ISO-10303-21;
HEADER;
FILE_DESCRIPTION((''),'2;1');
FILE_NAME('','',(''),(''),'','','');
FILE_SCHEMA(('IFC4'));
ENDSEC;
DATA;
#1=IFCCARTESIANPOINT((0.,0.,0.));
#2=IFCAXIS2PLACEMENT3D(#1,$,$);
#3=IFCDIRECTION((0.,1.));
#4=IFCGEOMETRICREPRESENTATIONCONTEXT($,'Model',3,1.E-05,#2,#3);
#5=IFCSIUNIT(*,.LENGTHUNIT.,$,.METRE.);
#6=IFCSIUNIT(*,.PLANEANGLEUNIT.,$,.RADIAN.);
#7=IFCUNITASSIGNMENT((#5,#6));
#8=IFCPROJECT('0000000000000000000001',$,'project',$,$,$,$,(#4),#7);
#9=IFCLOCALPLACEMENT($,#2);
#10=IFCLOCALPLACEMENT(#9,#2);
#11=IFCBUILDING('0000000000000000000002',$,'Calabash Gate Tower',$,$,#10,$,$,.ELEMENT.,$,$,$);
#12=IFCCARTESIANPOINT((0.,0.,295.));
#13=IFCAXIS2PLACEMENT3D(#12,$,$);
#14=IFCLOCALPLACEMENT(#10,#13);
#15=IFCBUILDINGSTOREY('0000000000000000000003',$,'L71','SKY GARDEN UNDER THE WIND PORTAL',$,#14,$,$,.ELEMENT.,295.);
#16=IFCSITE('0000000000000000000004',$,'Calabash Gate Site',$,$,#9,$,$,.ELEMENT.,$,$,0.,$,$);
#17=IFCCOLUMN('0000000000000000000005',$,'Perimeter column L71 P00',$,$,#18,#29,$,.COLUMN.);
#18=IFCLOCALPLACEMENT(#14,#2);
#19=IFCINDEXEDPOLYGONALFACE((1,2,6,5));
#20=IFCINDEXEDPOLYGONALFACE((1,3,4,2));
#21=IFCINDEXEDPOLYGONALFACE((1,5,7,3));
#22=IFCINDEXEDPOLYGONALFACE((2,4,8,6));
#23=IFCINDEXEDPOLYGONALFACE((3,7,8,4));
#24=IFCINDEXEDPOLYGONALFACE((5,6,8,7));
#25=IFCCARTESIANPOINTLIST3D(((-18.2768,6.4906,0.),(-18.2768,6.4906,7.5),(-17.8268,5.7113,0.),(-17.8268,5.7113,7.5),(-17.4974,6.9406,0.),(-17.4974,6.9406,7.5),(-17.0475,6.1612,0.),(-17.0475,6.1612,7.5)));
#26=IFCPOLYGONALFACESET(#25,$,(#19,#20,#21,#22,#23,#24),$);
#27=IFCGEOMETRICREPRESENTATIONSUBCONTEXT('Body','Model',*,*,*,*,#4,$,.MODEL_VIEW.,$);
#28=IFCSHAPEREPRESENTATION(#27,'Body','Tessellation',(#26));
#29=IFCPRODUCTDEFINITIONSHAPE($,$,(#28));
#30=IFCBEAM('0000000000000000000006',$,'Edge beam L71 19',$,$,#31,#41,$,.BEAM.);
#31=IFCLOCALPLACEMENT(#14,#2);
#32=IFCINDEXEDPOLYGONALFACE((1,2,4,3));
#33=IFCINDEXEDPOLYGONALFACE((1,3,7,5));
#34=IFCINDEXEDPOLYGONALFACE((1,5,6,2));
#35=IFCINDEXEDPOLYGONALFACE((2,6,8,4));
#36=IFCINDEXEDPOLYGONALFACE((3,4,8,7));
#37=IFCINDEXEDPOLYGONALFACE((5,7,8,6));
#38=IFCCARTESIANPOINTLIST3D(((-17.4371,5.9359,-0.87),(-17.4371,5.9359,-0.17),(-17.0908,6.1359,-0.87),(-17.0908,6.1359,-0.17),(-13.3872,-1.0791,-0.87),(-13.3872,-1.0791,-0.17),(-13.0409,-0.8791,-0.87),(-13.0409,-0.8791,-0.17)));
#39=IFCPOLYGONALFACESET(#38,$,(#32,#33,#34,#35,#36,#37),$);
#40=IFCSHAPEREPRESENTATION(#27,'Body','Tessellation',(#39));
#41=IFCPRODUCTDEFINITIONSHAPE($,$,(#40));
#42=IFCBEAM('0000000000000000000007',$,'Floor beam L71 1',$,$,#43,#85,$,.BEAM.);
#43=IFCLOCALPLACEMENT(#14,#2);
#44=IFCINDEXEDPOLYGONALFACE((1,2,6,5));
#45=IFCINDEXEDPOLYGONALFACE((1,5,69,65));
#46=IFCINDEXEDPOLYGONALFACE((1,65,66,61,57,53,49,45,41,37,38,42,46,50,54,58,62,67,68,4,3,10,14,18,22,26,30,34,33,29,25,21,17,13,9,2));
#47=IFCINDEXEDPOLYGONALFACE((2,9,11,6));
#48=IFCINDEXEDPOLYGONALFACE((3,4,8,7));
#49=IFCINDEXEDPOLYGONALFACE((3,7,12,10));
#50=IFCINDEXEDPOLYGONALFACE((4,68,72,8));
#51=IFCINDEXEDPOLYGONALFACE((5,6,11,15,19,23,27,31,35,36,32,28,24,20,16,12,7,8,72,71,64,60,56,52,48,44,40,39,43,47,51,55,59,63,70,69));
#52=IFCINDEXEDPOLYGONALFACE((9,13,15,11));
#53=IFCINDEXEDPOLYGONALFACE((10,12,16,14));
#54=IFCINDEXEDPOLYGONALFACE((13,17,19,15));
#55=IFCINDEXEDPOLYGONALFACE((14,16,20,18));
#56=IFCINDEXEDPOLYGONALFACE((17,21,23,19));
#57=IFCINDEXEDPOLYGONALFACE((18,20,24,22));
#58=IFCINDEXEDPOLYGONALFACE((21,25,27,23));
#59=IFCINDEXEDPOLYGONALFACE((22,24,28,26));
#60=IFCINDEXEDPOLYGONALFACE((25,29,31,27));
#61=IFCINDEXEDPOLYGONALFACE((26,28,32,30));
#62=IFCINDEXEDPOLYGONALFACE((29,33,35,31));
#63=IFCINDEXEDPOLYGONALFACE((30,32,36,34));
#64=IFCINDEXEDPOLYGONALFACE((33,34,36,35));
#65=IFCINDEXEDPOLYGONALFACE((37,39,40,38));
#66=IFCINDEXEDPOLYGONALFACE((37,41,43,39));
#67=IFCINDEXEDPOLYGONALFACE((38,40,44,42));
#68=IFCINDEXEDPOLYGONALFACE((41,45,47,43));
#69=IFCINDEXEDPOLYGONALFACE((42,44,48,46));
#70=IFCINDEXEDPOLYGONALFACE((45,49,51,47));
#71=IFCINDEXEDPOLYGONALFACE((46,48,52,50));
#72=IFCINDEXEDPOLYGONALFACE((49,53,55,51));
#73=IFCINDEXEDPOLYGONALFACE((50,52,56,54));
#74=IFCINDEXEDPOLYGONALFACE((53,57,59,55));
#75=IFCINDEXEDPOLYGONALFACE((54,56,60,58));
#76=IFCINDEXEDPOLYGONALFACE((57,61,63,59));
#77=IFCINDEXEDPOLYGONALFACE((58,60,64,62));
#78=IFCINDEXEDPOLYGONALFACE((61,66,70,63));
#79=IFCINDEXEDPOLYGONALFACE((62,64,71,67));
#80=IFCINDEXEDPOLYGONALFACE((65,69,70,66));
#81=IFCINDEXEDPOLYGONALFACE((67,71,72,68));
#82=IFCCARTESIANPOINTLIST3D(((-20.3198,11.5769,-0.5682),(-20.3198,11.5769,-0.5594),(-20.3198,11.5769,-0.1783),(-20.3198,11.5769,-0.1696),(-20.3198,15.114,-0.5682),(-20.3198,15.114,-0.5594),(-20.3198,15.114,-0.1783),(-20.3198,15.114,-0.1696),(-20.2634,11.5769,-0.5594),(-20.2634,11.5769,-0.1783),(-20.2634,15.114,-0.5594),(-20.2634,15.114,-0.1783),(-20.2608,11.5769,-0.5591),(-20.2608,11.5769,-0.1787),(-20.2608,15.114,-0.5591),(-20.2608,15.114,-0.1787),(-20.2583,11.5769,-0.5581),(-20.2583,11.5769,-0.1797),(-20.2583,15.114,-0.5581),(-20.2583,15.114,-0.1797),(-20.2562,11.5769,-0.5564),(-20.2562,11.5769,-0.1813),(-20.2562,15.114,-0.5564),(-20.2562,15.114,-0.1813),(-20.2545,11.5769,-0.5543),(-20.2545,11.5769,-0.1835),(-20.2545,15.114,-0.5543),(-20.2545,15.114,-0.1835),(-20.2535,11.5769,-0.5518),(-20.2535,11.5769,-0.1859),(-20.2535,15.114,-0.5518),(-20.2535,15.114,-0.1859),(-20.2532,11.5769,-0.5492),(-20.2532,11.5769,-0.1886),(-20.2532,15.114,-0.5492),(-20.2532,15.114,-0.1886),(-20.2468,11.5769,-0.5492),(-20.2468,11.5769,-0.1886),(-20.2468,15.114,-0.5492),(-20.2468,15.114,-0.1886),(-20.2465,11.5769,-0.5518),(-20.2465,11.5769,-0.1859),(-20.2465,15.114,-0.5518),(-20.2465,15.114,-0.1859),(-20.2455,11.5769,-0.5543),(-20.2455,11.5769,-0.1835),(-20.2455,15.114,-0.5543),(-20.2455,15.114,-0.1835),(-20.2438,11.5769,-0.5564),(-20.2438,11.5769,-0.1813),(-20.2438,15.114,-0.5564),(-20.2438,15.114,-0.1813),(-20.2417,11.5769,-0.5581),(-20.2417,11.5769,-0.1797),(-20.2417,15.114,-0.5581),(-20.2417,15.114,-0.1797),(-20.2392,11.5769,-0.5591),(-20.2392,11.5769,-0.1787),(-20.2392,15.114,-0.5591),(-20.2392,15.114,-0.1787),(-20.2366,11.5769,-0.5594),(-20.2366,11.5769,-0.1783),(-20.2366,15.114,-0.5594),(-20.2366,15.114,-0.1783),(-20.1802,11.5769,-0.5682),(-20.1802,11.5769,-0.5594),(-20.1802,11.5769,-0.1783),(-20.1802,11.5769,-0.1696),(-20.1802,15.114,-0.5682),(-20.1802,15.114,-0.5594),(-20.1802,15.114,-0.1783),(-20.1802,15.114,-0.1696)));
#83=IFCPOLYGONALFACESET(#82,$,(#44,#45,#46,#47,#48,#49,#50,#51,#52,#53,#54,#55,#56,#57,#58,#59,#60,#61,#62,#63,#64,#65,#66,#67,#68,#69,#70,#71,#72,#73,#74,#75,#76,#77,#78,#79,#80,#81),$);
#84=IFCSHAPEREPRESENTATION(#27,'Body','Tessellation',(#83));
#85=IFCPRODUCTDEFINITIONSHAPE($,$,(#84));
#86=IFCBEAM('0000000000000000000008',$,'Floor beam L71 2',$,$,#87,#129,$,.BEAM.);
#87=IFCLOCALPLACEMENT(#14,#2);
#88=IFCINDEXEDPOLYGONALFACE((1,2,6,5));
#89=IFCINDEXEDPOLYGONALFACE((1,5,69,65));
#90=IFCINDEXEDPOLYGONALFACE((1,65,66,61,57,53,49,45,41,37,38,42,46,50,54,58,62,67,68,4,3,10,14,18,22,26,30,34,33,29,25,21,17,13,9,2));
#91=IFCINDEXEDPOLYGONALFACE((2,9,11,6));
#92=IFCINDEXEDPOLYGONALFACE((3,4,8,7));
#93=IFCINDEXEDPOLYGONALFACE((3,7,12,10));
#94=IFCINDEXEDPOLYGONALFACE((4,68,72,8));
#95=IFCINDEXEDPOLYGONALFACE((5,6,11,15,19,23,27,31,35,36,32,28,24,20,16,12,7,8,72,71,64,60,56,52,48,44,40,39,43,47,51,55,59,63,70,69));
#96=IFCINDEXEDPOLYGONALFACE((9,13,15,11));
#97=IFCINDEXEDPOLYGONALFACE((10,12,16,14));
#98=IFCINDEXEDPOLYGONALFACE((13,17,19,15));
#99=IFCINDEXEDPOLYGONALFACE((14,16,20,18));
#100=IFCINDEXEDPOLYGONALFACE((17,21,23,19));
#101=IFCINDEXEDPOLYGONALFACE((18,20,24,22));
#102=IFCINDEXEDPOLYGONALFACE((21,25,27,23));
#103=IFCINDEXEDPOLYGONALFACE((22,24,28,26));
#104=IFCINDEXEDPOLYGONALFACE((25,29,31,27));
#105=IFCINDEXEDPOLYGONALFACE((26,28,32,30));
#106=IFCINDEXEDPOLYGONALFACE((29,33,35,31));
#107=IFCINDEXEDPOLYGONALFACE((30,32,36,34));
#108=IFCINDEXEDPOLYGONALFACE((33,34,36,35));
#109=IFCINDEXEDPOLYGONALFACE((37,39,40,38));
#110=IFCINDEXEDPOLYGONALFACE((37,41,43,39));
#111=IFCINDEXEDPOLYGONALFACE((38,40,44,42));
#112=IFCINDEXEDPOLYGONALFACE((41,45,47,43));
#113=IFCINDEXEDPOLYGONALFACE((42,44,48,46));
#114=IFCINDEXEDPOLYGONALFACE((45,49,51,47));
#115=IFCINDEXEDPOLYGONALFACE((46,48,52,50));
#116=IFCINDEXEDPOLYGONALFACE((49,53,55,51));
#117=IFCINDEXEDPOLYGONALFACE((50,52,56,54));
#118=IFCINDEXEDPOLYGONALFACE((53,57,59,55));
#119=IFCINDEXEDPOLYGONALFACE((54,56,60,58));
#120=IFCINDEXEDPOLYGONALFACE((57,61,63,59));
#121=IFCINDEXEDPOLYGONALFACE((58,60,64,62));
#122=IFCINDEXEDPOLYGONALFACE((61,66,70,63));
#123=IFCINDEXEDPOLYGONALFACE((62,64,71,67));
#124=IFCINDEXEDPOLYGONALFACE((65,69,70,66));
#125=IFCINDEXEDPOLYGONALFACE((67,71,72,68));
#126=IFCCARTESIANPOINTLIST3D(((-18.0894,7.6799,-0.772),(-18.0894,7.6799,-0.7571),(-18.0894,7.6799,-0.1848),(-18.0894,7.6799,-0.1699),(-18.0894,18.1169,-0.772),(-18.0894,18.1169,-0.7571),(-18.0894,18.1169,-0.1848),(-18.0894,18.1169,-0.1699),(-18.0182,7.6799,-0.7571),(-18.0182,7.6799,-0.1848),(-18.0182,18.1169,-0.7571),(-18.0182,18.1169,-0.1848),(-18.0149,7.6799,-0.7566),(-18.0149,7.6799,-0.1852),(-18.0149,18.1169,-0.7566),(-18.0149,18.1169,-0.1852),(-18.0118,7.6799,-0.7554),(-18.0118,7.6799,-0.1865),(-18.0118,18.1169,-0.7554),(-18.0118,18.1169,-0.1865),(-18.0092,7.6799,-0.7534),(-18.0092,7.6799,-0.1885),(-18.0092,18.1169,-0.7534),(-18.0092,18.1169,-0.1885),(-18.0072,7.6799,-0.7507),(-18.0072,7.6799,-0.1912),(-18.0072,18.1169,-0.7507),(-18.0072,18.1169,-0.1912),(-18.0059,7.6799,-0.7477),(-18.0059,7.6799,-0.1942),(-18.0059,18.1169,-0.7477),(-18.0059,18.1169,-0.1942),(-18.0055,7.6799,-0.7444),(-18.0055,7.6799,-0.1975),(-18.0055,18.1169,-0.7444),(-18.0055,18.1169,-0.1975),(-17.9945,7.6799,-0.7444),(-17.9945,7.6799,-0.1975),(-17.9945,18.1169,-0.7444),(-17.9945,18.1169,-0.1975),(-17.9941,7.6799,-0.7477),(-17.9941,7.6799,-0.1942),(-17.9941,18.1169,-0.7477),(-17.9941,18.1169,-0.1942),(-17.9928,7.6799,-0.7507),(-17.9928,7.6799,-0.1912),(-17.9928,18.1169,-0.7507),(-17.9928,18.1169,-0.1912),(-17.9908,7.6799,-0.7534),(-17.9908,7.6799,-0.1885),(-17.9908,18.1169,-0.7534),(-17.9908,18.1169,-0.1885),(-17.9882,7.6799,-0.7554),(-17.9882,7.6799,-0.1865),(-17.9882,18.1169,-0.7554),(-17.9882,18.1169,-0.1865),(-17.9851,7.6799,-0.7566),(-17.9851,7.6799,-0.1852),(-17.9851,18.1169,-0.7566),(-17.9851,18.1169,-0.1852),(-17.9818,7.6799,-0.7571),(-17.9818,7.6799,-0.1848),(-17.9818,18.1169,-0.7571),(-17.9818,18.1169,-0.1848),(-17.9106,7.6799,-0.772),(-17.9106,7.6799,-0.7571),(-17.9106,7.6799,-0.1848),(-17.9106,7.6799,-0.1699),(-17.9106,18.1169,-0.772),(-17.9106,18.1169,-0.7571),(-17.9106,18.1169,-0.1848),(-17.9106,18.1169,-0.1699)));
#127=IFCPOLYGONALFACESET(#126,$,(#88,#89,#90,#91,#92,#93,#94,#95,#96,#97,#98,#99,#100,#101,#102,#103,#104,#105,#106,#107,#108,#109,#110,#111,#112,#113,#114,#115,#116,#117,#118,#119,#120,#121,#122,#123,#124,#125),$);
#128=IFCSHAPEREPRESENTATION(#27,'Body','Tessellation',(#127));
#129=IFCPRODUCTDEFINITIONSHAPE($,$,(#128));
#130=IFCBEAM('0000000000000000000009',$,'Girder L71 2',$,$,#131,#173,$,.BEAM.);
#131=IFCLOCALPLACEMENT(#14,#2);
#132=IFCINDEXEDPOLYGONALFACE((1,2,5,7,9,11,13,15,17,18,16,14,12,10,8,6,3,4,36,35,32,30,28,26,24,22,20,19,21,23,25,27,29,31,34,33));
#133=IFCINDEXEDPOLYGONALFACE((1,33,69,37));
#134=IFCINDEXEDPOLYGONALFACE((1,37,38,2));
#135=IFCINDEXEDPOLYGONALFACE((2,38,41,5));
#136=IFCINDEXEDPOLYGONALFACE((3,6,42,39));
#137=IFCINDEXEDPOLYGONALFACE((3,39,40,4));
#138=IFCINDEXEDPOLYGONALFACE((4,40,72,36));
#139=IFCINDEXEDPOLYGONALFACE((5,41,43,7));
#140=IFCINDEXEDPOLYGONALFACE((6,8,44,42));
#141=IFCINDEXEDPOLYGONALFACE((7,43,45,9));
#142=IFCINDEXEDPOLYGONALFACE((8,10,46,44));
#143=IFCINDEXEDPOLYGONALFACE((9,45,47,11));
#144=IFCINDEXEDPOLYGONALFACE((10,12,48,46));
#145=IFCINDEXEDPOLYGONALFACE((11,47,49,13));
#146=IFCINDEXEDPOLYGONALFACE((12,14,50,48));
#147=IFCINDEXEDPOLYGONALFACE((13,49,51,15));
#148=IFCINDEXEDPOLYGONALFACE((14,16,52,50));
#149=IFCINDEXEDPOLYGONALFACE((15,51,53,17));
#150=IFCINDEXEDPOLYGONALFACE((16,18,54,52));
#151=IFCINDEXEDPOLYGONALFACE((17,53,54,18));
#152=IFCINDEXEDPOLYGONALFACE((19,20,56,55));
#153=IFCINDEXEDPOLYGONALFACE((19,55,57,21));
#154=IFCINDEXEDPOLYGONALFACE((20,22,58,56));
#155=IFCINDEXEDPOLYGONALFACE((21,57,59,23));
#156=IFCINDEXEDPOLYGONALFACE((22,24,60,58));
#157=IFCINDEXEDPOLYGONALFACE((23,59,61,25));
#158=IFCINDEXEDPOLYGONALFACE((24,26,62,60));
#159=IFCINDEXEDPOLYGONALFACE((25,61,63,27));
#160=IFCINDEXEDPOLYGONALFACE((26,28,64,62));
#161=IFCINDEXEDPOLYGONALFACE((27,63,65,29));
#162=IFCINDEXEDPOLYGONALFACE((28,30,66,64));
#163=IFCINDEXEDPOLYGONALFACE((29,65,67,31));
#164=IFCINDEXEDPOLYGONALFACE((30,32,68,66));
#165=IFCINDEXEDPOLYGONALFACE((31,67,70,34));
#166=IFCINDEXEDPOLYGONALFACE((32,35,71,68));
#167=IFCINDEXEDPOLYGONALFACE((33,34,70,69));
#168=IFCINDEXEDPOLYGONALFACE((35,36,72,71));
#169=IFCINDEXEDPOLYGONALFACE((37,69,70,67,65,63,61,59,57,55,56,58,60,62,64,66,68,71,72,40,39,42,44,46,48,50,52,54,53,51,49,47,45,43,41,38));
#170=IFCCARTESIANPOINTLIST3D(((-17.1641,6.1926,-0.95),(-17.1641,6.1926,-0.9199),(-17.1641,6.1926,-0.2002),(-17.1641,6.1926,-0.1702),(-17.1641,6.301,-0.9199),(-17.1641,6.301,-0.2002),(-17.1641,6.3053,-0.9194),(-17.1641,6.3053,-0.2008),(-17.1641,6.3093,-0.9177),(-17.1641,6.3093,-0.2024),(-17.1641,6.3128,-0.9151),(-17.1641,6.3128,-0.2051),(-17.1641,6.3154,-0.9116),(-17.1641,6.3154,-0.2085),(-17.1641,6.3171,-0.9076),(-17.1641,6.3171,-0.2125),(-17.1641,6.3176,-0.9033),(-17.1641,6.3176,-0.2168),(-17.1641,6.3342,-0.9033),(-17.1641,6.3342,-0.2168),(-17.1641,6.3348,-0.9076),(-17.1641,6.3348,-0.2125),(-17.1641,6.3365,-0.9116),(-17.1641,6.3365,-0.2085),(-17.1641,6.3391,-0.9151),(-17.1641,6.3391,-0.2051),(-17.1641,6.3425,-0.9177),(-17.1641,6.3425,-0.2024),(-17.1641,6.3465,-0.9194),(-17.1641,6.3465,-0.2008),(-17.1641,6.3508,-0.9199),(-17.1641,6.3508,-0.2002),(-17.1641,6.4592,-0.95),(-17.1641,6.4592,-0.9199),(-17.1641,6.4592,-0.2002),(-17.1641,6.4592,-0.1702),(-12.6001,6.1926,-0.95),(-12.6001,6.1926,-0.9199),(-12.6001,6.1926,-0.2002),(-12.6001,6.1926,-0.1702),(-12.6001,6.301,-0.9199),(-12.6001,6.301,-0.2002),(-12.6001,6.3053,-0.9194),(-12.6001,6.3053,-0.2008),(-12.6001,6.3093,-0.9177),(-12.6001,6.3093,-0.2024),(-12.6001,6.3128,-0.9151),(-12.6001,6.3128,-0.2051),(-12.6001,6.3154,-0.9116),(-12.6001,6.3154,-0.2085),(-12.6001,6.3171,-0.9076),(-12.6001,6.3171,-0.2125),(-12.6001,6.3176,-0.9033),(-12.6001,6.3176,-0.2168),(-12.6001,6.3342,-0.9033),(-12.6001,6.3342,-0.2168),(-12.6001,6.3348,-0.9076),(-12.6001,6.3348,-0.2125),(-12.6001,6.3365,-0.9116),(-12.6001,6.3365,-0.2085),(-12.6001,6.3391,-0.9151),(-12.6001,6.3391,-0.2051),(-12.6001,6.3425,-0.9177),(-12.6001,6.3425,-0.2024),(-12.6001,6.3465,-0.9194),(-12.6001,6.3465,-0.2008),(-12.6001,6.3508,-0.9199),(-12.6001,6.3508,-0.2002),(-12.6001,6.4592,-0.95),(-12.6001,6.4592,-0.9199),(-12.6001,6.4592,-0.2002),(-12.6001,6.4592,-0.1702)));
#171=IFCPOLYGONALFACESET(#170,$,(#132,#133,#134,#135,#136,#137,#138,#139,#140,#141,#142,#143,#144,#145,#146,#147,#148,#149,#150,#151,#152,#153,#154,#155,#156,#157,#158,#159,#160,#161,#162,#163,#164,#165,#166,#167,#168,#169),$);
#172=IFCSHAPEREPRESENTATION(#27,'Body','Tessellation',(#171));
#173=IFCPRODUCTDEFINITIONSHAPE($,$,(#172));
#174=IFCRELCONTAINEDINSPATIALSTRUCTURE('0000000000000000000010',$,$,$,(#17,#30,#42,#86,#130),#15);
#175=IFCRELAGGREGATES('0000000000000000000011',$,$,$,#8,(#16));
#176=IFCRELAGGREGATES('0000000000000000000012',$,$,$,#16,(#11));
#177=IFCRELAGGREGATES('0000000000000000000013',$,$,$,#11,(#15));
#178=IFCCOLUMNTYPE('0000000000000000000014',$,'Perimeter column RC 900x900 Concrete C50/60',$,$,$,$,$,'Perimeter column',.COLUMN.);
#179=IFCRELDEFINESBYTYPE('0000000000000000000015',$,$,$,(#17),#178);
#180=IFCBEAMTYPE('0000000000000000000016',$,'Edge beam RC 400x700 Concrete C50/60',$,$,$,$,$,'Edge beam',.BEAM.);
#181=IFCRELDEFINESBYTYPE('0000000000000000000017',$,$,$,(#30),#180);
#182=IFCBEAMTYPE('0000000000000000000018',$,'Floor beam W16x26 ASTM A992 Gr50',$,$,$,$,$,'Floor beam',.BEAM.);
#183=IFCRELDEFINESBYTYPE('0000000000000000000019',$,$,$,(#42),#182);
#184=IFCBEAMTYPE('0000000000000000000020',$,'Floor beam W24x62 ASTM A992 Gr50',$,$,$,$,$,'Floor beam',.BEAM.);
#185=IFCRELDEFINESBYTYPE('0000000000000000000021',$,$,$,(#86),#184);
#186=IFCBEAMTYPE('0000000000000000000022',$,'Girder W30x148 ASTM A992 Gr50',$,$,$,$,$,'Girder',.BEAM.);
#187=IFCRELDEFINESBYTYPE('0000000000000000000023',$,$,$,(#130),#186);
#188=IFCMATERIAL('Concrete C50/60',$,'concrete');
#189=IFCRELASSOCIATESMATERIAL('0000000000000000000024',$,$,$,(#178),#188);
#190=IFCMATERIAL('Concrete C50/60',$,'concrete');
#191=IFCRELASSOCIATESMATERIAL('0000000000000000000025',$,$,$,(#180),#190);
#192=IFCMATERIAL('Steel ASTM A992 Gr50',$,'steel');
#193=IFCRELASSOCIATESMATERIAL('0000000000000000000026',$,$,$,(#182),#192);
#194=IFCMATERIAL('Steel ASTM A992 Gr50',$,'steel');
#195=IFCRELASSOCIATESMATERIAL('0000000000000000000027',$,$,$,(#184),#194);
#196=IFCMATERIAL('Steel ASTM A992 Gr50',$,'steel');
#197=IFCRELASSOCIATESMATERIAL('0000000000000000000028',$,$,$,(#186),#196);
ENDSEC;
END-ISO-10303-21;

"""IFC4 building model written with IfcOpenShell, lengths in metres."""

from ifc_helpers import new_model, si_unit, direction, frame, origin, origin_2d, place, context, subcontext, project, spatial, rectangle, i_section, extrude, material, material_profile, profile_set, type_object, element, save


model = new_model("IFC4")

# Units and contexts
model_context = context("Model", 3, precision=1e-05, world=origin(), true_north=direction((0.0, 1.0)))
body_context = subcontext(model_context, "Body", "Model", "MODEL_VIEW")
ifc_project = project(units=[si_unit("LENGTHUNIT", "METRE"), si_unit("PLANEANGLEUNIT", "RADIAN")], contexts=[model_context])

# Site, building, storey
site_placement = place(None, origin())
site = spatial("IfcSite", under=ifc_project, at=site_placement, Name="Calabash Gate Site", CompositionType="ELEMENT", RefElevation=0.0)
building_placement = place(site_placement, origin())
building = spatial("IfcBuilding", under=site, at=building_placement, Name="Calabash Gate Tower", CompositionType="ELEMENT")
storey_placement = place(building_placement, frame((0.0, 0.0, 295.0)))
storey = spatial("IfcBuildingStorey", under=building, at=storey_placement, Name="L71", Description="SKY GARDEN UNDER THE WIND PORTAL", CompositionType="ELEMENT", Elevation=295.0)

# Column
ifc_material_1 = material(Name="Concrete C50/60", Category="concrete")
ifc_material_profile_1 = material_profile(ifc_material_1, rectangle(XDim=0.8999, YDim=0.8999, at=origin_2d()))
ifc_profile_set_1 = profile_set([ifc_material_profile_1], Name="Concrete C50/60")
column_type = type_object("IfcColumnType", Name="Perimeter column RC 900x900 Concrete C50/60", ElementType="Perimeter column", PredefinedType="COLUMN", material=ifc_profile_set_1)
column_placement = place(storey_placement, frame((-17.6621, 6.3259, 0.0), z_axis=(0.0, 0.0, 1.0), x_axis=(0.5, -0.866025, 0.0)))
element("IfcColumn", 1, at=column_placement, inside=storey, type_object=column_type, Name="Perimeter column L71 P00", PredefinedType="COLUMN", context=body_context, shape_type="SweptSolid", body=[
    extrude(rectangle(XDim=0.8999, YDim=0.8999, at=origin_2d()), origin(), (0.0, 0.0, 1.0), 7.5),
])

# Beams
ifc_material_2 = material(Name="Concrete C50/60", Category="concrete")
ifc_material_profile_2 = material_profile(ifc_material_2, rectangle(XDim=0.3999, YDim=0.7, at=origin_2d()))
ifc_profile_set_2 = profile_set([ifc_material_profile_2], Name="Concrete C50/60")
beam_type_1 = type_object("IfcBeamType", Name="Edge beam RC 400x700 Concrete C50/60", ElementType="Edge beam", PredefinedType="BEAM", material=ifc_profile_set_2)
beam_1_placement = place(storey_placement, frame((-17.2639, 6.0359, -0.52), z_axis=(0.499977, -0.866039, 0.0), x_axis=(0.866039, 0.499977, 0.0)))
element("IfcBeam", 2, at=beam_1_placement, inside=storey, type_object=beam_type_1, Name="Edge beam L71 19", PredefinedType="BEAM", context=body_context, shape_type="SweptSolid", body=[
    extrude(rectangle(XDim=0.3999, YDim=0.7, at=origin_2d()), origin(), (0.0, 0.0, 1.0), 8.1001),
])
ifc_material_3 = material(Name="Steel ASTM A992 Gr50", Category="steel")
ifc_material_profile_3 = material_profile(ifc_material_3, i_section(OverallWidth=0.1396, OverallDepth=0.3987, WebThickness=0.0063, FlangeThickness=0.0088, FilletRadius=0.0103, at=origin_2d()))
ifc_profile_set_3 = profile_set([ifc_material_profile_3], Name="Steel ASTM A992 Gr50")
beam_type_2 = type_object("IfcBeamType", Name="Floor beam W16x26 ASTM A992 Gr50", ElementType="Floor beam", PredefinedType="BEAM", material=ifc_profile_set_3)
beam_2_placement = place(storey_placement, frame((-20.25, 11.5769, -0.3689), z_axis=(0.0, 1.0, 0.0), x_axis=(-1.0, 0.0, 0.0)))
element("IfcBeam", 3, at=beam_2_placement, inside=storey, type_object=beam_type_2, Name="Floor beam L71 1", PredefinedType="BEAM", context=body_context, shape_type="SweptSolid", body=[
    extrude(i_section(OverallWidth=0.1396, OverallDepth=0.3987, WebThickness=0.0063, FlangeThickness=0.0088, FilletRadius=0.0103, at=origin_2d()), origin(), (0.0, 0.0, 1.0), 3.5371),
])
ifc_material_4 = material(Name="Steel ASTM A992 Gr50", Category="steel")
ifc_material_profile_4 = material_profile(ifc_material_4, i_section(OverallWidth=0.1787, OverallDepth=0.6021, WebThickness=0.011, FlangeThickness=0.0149, FilletRadius=0.0127, at=origin_2d()))
ifc_profile_set_4 = profile_set([ifc_material_profile_4], Name="Steel ASTM A992 Gr50")
beam_type_3 = type_object("IfcBeamType", Name="Floor beam W24x62 ASTM A992 Gr50", ElementType="Floor beam", PredefinedType="BEAM", material=ifc_profile_set_4)
beam_3_placement = place(storey_placement, frame((-18.0, 7.6799, -0.4709), z_axis=(0.0, 1.0, 0.0), x_axis=(-1.0, 0.0, 0.0)))
element("IfcBeam", 4, at=beam_3_placement, inside=storey, type_object=beam_type_3, Name="Floor beam L71 2", PredefinedType="BEAM", context=body_context, shape_type="SweptSolid", body=[
    extrude(i_section(OverallWidth=0.1787, OverallDepth=0.6021, WebThickness=0.011, FlangeThickness=0.0149, FilletRadius=0.0127, at=origin_2d()), origin(), (0.0, 0.0, 1.0), 10.437),
])
ifc_material_5 = material(Name="Steel ASTM A992 Gr50", Category="steel")
ifc_material_profile_5 = material_profile(ifc_material_5, i_section(OverallWidth=0.2666, OverallDepth=0.7798, WebThickness=0.0166, FlangeThickness=0.03, FilletRadius=0.0166, at=origin_2d()))
ifc_profile_set_5 = profile_set([ifc_material_profile_5], Name="Steel ASTM A992 Gr50")
beam_type_4 = type_object("IfcBeamType", Name="Girder W30x148 ASTM A992 Gr50", ElementType="Girder", PredefinedType="BEAM", material=ifc_profile_set_5)
beam_4_placement = place(storey_placement, frame((-17.1641, 6.3259, -0.5601), z_axis=(1.0, 0.0, 0.0), x_axis=(0.0, 1.0, 0.0)))
element("IfcBeam", 5, at=beam_4_placement, inside=storey, type_object=beam_type_4, Name="Girder L71 2", PredefinedType="BEAM", context=body_context, shape_type="SweptSolid", body=[
    extrude(i_section(OverallWidth=0.2666, OverallDepth=0.7798, WebThickness=0.0166, FlangeThickness=0.03, FilletRadius=0.0166, at=origin_2d()), origin(), (0.0, 0.0, 1.0), 4.564),
])

save(model, "model.ifc")
